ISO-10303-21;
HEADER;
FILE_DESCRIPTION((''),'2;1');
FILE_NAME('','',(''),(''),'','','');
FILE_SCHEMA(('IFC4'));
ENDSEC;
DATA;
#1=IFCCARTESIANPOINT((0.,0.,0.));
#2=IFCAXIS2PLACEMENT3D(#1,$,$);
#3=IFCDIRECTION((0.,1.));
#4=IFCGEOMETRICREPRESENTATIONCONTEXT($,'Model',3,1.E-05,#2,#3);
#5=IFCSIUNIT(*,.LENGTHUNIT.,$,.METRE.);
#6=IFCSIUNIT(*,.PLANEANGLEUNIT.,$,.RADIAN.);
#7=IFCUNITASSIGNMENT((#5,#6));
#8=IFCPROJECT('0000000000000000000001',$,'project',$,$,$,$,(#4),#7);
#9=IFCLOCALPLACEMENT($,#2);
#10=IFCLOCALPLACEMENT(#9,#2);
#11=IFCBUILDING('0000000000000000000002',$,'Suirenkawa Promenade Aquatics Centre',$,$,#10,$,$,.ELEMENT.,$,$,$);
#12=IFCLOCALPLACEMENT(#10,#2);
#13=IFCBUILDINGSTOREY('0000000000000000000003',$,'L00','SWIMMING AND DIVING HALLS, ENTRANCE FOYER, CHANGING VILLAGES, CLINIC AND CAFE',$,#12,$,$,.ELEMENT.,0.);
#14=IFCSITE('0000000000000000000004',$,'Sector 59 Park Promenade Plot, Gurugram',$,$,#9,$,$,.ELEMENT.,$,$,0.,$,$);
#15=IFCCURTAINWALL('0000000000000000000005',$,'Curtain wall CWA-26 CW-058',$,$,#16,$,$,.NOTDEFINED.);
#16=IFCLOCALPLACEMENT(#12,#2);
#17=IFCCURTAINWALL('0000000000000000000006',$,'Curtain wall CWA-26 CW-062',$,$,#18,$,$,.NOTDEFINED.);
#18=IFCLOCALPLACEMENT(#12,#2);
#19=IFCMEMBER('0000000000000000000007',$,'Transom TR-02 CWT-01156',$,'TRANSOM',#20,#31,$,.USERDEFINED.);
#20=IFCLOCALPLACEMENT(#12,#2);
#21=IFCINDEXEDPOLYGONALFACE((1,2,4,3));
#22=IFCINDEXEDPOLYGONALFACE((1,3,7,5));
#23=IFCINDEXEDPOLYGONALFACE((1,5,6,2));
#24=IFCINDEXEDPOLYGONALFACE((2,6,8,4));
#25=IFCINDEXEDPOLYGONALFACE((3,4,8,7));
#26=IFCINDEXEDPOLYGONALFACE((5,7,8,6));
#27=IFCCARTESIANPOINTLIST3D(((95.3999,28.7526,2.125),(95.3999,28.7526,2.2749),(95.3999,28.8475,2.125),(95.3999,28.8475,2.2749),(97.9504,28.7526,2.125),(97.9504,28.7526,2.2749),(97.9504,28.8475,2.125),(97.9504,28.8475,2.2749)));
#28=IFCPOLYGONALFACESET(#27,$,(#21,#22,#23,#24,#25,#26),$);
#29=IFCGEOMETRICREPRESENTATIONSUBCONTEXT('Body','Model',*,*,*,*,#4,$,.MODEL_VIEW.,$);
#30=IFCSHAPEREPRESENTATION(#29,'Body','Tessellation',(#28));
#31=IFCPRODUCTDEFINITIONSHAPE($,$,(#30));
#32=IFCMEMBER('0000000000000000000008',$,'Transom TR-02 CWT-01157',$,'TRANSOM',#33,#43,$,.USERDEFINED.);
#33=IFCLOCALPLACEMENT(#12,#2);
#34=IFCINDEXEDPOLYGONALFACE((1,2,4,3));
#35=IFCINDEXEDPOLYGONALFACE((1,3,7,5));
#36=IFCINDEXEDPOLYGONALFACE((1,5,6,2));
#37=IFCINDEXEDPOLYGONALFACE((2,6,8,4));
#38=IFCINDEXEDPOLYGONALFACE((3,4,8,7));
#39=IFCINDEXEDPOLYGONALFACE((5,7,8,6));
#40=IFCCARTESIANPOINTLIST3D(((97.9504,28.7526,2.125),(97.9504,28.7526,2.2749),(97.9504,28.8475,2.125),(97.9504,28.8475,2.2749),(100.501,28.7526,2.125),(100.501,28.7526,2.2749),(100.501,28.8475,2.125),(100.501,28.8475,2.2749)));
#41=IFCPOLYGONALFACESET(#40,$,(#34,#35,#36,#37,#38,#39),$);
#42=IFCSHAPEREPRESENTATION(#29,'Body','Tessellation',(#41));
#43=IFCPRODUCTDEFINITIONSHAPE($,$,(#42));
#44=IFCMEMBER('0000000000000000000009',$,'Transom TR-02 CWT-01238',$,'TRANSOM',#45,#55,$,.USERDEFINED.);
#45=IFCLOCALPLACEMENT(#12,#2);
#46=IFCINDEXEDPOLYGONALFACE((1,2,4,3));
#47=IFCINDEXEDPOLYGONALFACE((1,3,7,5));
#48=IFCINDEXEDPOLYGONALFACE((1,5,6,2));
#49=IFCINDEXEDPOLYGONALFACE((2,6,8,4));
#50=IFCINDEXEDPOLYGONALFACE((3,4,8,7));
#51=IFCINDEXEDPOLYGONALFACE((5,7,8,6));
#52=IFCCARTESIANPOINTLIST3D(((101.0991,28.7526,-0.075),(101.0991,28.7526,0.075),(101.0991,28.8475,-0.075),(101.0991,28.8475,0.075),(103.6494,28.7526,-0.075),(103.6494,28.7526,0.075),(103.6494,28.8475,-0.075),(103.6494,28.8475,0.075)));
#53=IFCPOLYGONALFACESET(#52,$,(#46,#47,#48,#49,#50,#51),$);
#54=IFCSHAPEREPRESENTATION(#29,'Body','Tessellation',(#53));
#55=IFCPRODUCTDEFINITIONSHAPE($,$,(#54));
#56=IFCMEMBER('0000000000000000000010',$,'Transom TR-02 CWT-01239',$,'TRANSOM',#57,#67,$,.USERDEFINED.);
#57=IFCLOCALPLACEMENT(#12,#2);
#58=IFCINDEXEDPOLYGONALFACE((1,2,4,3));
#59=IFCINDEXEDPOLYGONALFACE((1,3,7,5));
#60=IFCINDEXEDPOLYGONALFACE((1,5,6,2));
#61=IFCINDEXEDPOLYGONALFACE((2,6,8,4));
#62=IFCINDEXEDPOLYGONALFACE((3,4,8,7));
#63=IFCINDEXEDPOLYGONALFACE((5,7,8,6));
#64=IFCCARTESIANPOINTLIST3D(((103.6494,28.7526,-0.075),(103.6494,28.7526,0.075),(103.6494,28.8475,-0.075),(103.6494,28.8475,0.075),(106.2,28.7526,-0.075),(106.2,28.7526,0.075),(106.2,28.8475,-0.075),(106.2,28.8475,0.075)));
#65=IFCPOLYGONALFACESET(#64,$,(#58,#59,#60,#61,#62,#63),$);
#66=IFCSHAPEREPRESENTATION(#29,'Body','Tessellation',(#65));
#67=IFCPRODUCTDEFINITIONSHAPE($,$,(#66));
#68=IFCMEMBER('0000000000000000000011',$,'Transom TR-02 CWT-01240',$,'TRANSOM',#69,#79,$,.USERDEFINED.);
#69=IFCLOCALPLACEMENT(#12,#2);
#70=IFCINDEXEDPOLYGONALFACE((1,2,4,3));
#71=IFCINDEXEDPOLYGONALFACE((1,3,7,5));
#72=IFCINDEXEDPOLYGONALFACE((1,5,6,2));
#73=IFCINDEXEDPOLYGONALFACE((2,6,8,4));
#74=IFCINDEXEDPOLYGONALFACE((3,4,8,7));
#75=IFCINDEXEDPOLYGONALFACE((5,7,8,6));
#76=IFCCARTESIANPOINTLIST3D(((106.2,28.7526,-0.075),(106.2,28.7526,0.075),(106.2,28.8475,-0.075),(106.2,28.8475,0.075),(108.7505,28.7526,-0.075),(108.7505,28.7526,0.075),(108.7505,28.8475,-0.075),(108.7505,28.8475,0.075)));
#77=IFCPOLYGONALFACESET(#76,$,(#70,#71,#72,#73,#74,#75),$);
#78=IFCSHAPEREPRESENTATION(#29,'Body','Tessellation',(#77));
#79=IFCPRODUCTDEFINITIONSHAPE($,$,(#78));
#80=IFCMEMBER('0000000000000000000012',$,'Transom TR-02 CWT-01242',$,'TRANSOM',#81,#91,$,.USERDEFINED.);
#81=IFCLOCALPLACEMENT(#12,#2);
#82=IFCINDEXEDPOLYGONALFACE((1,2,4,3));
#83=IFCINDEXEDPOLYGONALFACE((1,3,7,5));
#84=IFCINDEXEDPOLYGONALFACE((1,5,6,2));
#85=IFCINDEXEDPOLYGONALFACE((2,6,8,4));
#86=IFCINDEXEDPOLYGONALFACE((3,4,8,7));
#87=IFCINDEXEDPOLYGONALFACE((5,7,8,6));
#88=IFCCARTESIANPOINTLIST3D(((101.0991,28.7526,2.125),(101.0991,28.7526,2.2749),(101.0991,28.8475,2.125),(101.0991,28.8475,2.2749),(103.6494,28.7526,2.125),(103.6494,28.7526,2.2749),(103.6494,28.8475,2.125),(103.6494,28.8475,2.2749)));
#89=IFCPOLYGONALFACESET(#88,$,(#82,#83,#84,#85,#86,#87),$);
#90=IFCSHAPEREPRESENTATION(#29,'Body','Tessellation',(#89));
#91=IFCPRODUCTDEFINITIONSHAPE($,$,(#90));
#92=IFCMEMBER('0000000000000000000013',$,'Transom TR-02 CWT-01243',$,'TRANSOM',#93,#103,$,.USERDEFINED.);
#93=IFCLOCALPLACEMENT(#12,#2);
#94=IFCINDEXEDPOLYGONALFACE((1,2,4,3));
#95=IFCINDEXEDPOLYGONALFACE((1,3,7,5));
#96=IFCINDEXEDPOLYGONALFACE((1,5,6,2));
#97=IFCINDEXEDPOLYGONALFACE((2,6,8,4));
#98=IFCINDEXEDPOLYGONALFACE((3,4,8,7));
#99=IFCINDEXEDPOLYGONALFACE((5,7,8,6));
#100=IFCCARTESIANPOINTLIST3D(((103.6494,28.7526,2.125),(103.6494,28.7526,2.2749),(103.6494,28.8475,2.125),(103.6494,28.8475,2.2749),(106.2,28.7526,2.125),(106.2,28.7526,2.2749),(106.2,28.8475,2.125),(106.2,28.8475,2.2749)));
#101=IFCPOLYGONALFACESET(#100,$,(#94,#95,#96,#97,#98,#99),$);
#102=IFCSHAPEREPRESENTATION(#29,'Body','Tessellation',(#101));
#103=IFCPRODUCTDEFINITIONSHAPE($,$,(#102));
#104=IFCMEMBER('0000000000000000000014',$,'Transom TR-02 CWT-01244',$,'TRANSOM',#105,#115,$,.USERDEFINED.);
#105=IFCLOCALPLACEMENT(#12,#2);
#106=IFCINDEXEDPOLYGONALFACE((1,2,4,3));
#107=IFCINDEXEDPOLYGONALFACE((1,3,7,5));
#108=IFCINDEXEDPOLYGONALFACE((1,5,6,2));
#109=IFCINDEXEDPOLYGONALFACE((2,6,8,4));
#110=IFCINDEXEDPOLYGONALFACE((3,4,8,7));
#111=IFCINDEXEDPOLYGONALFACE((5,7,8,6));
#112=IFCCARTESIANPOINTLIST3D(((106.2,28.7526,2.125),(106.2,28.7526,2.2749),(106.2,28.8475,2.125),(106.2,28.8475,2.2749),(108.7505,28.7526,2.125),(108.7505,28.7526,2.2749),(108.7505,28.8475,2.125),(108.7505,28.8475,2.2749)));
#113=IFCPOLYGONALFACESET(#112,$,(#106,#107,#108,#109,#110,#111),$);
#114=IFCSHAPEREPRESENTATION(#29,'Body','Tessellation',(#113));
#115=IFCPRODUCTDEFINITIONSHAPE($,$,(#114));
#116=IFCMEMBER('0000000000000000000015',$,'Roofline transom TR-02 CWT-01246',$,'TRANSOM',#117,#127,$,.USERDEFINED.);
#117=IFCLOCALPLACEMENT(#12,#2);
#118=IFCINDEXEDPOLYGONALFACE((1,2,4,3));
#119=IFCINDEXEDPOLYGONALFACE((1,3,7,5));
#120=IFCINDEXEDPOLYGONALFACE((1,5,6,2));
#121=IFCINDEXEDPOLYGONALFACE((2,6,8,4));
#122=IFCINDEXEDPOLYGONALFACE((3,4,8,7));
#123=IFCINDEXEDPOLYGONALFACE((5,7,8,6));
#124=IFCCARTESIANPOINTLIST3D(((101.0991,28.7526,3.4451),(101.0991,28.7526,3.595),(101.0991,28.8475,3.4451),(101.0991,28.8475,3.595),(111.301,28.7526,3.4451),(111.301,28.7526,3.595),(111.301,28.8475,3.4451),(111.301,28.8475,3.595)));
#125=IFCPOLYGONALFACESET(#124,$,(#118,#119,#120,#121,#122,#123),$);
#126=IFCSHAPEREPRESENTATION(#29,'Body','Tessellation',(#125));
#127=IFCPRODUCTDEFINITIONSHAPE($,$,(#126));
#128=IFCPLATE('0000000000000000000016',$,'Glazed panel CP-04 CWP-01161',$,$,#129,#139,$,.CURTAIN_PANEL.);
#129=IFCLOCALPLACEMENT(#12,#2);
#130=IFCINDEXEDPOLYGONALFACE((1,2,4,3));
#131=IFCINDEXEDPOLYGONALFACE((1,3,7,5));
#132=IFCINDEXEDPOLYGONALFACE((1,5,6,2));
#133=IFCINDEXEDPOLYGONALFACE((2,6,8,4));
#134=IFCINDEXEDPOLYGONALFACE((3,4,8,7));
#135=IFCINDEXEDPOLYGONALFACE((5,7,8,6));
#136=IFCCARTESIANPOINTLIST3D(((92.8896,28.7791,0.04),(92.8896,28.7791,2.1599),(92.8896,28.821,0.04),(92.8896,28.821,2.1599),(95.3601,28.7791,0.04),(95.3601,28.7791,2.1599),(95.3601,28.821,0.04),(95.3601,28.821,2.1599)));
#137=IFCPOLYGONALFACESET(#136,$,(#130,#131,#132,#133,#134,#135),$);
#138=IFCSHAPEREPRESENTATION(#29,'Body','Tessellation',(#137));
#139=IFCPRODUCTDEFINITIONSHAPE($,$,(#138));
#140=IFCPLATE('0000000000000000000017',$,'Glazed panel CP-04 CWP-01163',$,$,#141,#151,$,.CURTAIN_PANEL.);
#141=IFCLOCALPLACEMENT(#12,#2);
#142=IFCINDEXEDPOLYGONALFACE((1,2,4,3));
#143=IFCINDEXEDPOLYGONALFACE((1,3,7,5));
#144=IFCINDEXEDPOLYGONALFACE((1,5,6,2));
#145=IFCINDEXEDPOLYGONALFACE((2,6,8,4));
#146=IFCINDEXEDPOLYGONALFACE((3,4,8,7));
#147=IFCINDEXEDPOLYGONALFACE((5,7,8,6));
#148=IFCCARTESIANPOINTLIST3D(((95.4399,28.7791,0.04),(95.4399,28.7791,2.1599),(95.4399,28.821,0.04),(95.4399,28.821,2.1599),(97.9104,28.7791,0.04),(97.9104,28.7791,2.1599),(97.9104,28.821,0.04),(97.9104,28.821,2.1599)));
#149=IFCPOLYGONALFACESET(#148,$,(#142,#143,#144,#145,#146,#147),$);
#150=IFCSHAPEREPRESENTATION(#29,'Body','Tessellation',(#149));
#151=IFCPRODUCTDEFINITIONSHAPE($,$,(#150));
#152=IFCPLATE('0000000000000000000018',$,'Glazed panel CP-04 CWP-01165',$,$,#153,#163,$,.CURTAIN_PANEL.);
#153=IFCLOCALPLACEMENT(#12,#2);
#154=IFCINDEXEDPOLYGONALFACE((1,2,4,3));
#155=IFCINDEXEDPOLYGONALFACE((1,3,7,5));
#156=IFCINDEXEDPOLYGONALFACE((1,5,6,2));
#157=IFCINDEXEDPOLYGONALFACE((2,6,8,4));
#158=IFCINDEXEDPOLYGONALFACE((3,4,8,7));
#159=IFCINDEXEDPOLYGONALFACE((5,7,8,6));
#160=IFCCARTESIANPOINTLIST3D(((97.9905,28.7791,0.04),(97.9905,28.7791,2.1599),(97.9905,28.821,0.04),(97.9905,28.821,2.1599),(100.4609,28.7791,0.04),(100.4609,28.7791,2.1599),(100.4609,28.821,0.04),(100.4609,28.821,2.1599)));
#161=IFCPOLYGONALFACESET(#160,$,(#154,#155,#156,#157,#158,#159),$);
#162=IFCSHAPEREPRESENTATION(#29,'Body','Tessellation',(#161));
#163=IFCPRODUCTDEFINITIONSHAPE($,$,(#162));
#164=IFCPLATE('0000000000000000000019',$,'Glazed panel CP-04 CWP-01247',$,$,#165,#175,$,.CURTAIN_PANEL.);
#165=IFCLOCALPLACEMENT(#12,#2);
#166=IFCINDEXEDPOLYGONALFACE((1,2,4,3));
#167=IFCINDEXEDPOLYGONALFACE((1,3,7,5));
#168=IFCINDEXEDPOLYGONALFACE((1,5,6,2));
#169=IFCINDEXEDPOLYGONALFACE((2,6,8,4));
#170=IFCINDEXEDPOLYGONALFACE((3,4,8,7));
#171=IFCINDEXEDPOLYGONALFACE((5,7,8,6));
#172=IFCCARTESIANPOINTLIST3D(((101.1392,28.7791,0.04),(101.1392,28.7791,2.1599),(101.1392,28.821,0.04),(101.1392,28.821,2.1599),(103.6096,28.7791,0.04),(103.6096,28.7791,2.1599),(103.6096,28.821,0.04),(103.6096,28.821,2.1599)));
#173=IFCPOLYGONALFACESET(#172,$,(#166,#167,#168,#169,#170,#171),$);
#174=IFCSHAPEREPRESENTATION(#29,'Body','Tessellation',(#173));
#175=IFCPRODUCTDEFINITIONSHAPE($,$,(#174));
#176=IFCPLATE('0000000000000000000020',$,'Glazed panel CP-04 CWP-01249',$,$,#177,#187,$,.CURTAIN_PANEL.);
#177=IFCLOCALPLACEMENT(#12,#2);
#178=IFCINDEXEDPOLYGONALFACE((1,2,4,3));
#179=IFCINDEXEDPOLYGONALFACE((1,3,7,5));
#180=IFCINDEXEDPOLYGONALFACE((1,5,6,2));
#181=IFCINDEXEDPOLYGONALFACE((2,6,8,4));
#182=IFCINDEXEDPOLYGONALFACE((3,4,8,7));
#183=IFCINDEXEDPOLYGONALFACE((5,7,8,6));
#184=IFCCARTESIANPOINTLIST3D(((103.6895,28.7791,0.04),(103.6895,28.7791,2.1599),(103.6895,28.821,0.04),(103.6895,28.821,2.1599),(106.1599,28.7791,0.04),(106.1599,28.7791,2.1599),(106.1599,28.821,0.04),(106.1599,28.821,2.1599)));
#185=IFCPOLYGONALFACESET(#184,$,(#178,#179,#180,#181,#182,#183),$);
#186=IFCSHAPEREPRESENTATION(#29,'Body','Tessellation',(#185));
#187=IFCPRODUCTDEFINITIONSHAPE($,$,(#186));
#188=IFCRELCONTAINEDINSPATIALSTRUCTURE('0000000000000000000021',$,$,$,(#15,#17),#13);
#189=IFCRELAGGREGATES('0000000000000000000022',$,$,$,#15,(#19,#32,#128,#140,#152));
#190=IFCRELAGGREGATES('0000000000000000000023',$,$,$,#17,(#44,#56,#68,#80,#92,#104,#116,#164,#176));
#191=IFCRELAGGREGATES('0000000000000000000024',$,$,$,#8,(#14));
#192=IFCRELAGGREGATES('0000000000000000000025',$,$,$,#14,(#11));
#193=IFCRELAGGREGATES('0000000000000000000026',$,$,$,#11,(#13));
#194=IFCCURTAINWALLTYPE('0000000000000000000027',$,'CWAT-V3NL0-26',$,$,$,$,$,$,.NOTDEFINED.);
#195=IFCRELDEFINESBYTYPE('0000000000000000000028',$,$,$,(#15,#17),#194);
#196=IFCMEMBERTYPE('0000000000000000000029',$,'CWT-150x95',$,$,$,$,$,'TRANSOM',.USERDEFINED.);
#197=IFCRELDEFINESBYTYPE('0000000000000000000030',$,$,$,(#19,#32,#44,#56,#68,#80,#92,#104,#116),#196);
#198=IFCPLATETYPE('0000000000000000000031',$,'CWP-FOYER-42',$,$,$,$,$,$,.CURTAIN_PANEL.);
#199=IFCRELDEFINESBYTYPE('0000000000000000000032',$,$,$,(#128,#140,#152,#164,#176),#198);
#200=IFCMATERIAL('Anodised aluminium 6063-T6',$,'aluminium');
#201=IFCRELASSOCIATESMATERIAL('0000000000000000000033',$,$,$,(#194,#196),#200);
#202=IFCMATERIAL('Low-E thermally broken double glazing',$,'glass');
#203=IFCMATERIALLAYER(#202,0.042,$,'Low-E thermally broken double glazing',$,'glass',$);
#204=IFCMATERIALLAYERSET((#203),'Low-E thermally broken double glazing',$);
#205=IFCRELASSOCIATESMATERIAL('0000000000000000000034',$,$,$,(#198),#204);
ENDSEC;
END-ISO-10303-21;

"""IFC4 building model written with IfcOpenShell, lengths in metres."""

from ifc_helpers import new_model, si_unit, direction, frame, origin, origin_2d, place, context, subcontext, project, spatial, polyline, rectangle, outline, extrude, material, layer, layer_set, material_profile, profile_set, type_object, element, aggregate, save


model = new_model("IFC4")

# Units and contexts
model_context = context("Model", 3, precision=1e-05, world=origin(), true_north=direction((0.0, 1.0)))
body_context = subcontext(model_context, "Body", "Model", "MODEL_VIEW")
ifc_project = project(units=[si_unit("LENGTHUNIT", "METRE"), si_unit("PLANEANGLEUNIT", "RADIAN")], contexts=[model_context])

# Site, building, storey
site_placement = place(None, origin())
site = spatial("IfcSite", under=ifc_project, at=site_placement, Name="Sector 59 Park Promenade Plot, Gurugram", CompositionType="ELEMENT", RefElevation=0.0)
building_placement = place(site_placement, origin())
building = spatial("IfcBuilding", under=site, at=building_placement, Name="Suirenkawa Promenade Aquatics Centre", CompositionType="ELEMENT")
storey_placement = place(building_placement, origin())
storey = spatial("IfcBuildingStorey", under=building, at=storey_placement, Name="L00", Description="SWIMMING AND DIVING HALLS, ENTRANCE FOYER, CHANGING VILLAGES, CLINIC AND CAFE", CompositionType="ELEMENT", Elevation=0.0)

# Curtain walls
ifc_material_1 = material(Name="Anodised aluminium 6063-T6", Category="aluminium")
curtain_wall_type = type_object("IfcCurtainWallType", Name="CWAT-V3NL0-26", PredefinedType="NOTDEFINED", material=ifc_material_1)
curtain_wall_1_placement = place(storey_placement, origin())
curtain_wall_1 = element("IfcCurtainWall", 1, at=curtain_wall_1_placement, inside=storey, type_object=curtain_wall_type, Name="Curtain wall CWA-26 CW-058", PredefinedType="NOTDEFINED")
curtain_wall_2_placement = place(storey_placement, origin())
curtain_wall_2 = element("IfcCurtainWall", 2, at=curtain_wall_2_placement, inside=storey, type_object=curtain_wall_type, Name="Curtain wall CWA-26 CW-062", PredefinedType="NOTDEFINED")

# Members
ifc_material_profile_1 = material_profile(ifc_material_1, rectangle(XDim=0.095, YDim=0.1499, at=origin_2d()), Name="ALU TRAN 95x150", Category="aluminium")
ifc_profile_set_1 = profile_set([ifc_material_profile_1], Name="Anodised aluminium 6063-T6")
member_type_1 = type_object("IfcMemberType", Name="CWT-150x95", ElementType="TRANSOM", PredefinedType="USERDEFINED", material=ifc_profile_set_1)
member_1_placement = place(storey_placement, frame((95.3999, 28.8, 2.2), z_axis=(1.0, 0.0, 0.0), x_axis=(0.0, 1.0, 0.0)))
member_1 = element("IfcMember", 3, at=member_1_placement, type_object=member_type_1, Name="Transom TR-02 CWT-01156", ObjectType="TRANSOM", PredefinedType="USERDEFINED", context=body_context, shape_type="SweptSolid", body=[
    extrude(rectangle(XDim=0.095, YDim=0.1499, at=origin_2d()), origin(), (0.0, 0.0, 1.0), 2.5505),
])
member_2_placement = place(storey_placement, frame((97.9504, 28.8, 2.2), z_axis=(1.0, 0.0, 0.0), x_axis=(0.0, 1.0, 0.0)))
member_2 = element("IfcMember", 4, at=member_2_placement, type_object=member_type_1, Name="Transom TR-02 CWT-01157", ObjectType="TRANSOM", PredefinedType="USERDEFINED", context=body_context, shape_type="SweptSolid", body=[
    extrude(rectangle(XDim=0.095, YDim=0.1499, at=origin_2d()), origin(), (0.0, 0.0, 1.0), 2.5505),
])
member_3_placement = place(storey_placement, frame((101.0991, 28.8, 0.0), z_axis=(1.0, 0.0, 0.0), x_axis=(0.0, 1.0, 0.0)))
member_3 = element("IfcMember", 5, at=member_3_placement, type_object=member_type_1, Name="Transom TR-02 CWT-01238", ObjectType="TRANSOM", PredefinedType="USERDEFINED", context=body_context, shape_type="SweptSolid", body=[
    extrude(rectangle(XDim=0.095, YDim=0.1499, at=origin_2d()), origin(), (0.0, 0.0, 1.0), 2.5503),
])
member_4_placement = place(storey_placement, frame((103.6494, 28.8, 0.0), z_axis=(1.0, 0.0, 0.0), x_axis=(0.0, 1.0, 0.0)))
member_4 = element("IfcMember", 6, at=member_4_placement, type_object=member_type_1, Name="Transom TR-02 CWT-01239", ObjectType="TRANSOM", PredefinedType="USERDEFINED", context=body_context, shape_type="SweptSolid", body=[
    extrude(rectangle(XDim=0.095, YDim=0.1499, at=origin_2d()), origin(), (0.0, 0.0, 1.0), 2.5505),
])
member_5_placement = place(storey_placement, frame((106.2, 28.8, 0.0), z_axis=(1.0, 0.0, 0.0), x_axis=(0.0, 1.0, 0.0)))
member_5 = element("IfcMember", 7, at=member_5_placement, type_object=member_type_1, Name="Transom TR-02 CWT-01240", ObjectType="TRANSOM", PredefinedType="USERDEFINED", context=body_context, shape_type="SweptSolid", body=[
    extrude(rectangle(XDim=0.095, YDim=0.1499, at=origin_2d()), origin(), (0.0, 0.0, 1.0), 2.5505),
])
member_6_placement = place(storey_placement, frame((101.0991, 28.8, 2.2), z_axis=(1.0, 0.0, 0.0), x_axis=(0.0, 1.0, 0.0)))
member_6 = element("IfcMember", 8, at=member_6_placement, type_object=member_type_1, Name="Transom TR-02 CWT-01242", ObjectType="TRANSOM", PredefinedType="USERDEFINED", context=body_context, shape_type="SweptSolid", body=[
    extrude(rectangle(XDim=0.095, YDim=0.1499, at=origin_2d()), origin(), (0.0, 0.0, 1.0), 2.5503),
])
member_7_placement = place(storey_placement, frame((103.6494, 28.8, 2.2), z_axis=(1.0, 0.0, 0.0), x_axis=(0.0, 1.0, 0.0)))
member_7 = element("IfcMember", 9, at=member_7_placement, type_object=member_type_1, Name="Transom TR-02 CWT-01243", ObjectType="TRANSOM", PredefinedType="USERDEFINED", context=body_context, shape_type="SweptSolid", body=[
    extrude(rectangle(XDim=0.095, YDim=0.1499, at=origin_2d()), origin(), (0.0, 0.0, 1.0), 2.5505),
])
member_8_placement = place(storey_placement, frame((106.2, 28.8, 2.2), z_axis=(1.0, 0.0, 0.0), x_axis=(0.0, 1.0, 0.0)))
member_8 = element("IfcMember", 10, at=member_8_placement, type_object=member_type_1, Name="Transom TR-02 CWT-01244", ObjectType="TRANSOM", PredefinedType="USERDEFINED", context=body_context, shape_type="SweptSolid", body=[
    extrude(rectangle(XDim=0.095, YDim=0.1499, at=origin_2d()), origin(), (0.0, 0.0, 1.0), 2.5505),
])
member_9_placement = place(storey_placement, frame((101.0991, 28.8, 3.52), z_axis=(1.0, 0.0, 0.0), x_axis=(0.0, 1.0, 0.0)))
member_9 = element("IfcMember", 11, at=member_9_placement, type_object=member_type_1, Name="Roofline transom TR-02 CWT-01246", ObjectType="TRANSOM", PredefinedType="USERDEFINED", context=body_context, shape_type="SweptSolid", body=[
    extrude(rectangle(XDim=0.095, YDim=0.1499, at=origin_2d()), origin(), (0.0, 0.0, 1.0), 10.2019),
])

# Plates
ifc_material_2 = material(Name="Low-E thermally broken double glazing", Category="glass")
ifc_layer = layer(ifc_material_2, 0.042, Name="Low-E thermally broken double glazing", Category="glass")
ifc_layer_set = layer_set([ifc_layer], Name="Low-E thermally broken double glazing")
plate_type = type_object("IfcPlateType", Name="CWP-FOYER-42", PredefinedType="CURTAIN_PANEL", material=ifc_layer_set)
plate_1_placement = place(storey_placement, frame((92.8496, 28.8, 0.04), z_axis=(0.0, 0.0, 1.0), x_axis=(1.0, 0.0, 0.0)))
plate_1 = element("IfcPlate", 12, at=plate_1_placement, type_object=plate_type, Name="Glazed panel CP-04 CWP-01161", PredefinedType="CURTAIN_PANEL", context=body_context, shape_type="SweptSolid", body=[
    extrude(outline(polyline([(0.04, 0.0), (2.5105, 0.0), (2.5105, 2.1199), (0.04, 2.1199), (0.04, 0.0)])), frame((0.0, 0.021, 0.0), z_axis=(0.0, -1.0, 0.0), x_axis=(1.0, 0.0, 0.0)), (0.0, 0.0, 1.0), 0.042),
])
plate_2_placement = place(storey_placement, frame((95.3999, 28.8, 0.04), z_axis=(0.0, 0.0, 1.0), x_axis=(1.0, 0.0, 0.0)))
plate_2 = element("IfcPlate", 13, at=plate_2_placement, type_object=plate_type, Name="Glazed panel CP-04 CWP-01163", PredefinedType="CURTAIN_PANEL", context=body_context, shape_type="SweptSolid", body=[
    extrude(outline(polyline([(0.04, 0.0), (2.5105, 0.0), (2.5105, 2.1199), (0.04, 2.1199), (0.04, 0.0)])), frame((0.0, 0.021, 0.0), z_axis=(0.0, -1.0, 0.0), x_axis=(1.0, 0.0, 0.0)), (0.0, 0.0, 1.0), 0.042),
])
plate_3_placement = place(storey_placement, frame((97.9504, 28.8, 0.04), z_axis=(0.0, 0.0, 1.0), x_axis=(1.0, 0.0, 0.0)))
plate_3 = element("IfcPlate", 14, at=plate_3_placement, type_object=plate_type, Name="Glazed panel CP-04 CWP-01165", PredefinedType="CURTAIN_PANEL", context=body_context, shape_type="SweptSolid", body=[
    extrude(outline(polyline([(0.04, 0.0), (2.5105, 0.0), (2.5105, 2.1199), (0.04, 2.1199), (0.04, 0.0)])), frame((0.0, 0.021, 0.0), z_axis=(0.0, -1.0, 0.0), x_axis=(1.0, 0.0, 0.0)), (0.0, 0.0, 1.0), 0.042),
])
aggregate(curtain_wall_1, [member_1, member_2, plate_1, plate_2, plate_3])
plate_4_placement = place(storey_placement, frame((101.0991, 28.8, 0.04), z_axis=(0.0, 0.0, 1.0), x_axis=(1.0, 0.0, 0.0)))
plate_4 = element("IfcPlate", 15, at=plate_4_placement, type_object=plate_type, Name="Glazed panel CP-04 CWP-01247", PredefinedType="CURTAIN_PANEL", context=body_context, shape_type="SweptSolid", body=[
    extrude(outline(polyline([(0.04, 0.0), (2.5105, 0.0), (2.5105, 2.1199), (0.04, 2.1199), (0.04, 0.0)])), frame((0.0, 0.021, 0.0), z_axis=(0.0, -1.0, 0.0), x_axis=(1.0, 0.0, 0.0)), (0.0, 0.0, 1.0), 0.042),
])
plate_5_placement = place(storey_placement, frame((103.6494, 28.8, 0.04), z_axis=(0.0, 0.0, 1.0), x_axis=(1.0, 0.0, 0.0)))
plate_5 = element("IfcPlate", 16, at=plate_5_placement, type_object=plate_type, Name="Glazed panel CP-04 CWP-01249", PredefinedType="CURTAIN_PANEL", context=body_context, shape_type="SweptSolid", body=[
    extrude(outline(polyline([(0.04, 0.0), (2.5105, 0.0), (2.5105, 2.1199), (0.04, 2.1199), (0.04, 0.0)])), frame((0.0, 0.021, 0.0), z_axis=(0.0, -1.0, 0.0), x_axis=(1.0, 0.0, 0.0)), (0.0, 0.0, 1.0), 0.042),
])
aggregate(curtain_wall_2, [member_3, member_4, member_5, member_6, member_7, member_8, member_9, plate_4, plate_5])

save(model, "model.ifc")
